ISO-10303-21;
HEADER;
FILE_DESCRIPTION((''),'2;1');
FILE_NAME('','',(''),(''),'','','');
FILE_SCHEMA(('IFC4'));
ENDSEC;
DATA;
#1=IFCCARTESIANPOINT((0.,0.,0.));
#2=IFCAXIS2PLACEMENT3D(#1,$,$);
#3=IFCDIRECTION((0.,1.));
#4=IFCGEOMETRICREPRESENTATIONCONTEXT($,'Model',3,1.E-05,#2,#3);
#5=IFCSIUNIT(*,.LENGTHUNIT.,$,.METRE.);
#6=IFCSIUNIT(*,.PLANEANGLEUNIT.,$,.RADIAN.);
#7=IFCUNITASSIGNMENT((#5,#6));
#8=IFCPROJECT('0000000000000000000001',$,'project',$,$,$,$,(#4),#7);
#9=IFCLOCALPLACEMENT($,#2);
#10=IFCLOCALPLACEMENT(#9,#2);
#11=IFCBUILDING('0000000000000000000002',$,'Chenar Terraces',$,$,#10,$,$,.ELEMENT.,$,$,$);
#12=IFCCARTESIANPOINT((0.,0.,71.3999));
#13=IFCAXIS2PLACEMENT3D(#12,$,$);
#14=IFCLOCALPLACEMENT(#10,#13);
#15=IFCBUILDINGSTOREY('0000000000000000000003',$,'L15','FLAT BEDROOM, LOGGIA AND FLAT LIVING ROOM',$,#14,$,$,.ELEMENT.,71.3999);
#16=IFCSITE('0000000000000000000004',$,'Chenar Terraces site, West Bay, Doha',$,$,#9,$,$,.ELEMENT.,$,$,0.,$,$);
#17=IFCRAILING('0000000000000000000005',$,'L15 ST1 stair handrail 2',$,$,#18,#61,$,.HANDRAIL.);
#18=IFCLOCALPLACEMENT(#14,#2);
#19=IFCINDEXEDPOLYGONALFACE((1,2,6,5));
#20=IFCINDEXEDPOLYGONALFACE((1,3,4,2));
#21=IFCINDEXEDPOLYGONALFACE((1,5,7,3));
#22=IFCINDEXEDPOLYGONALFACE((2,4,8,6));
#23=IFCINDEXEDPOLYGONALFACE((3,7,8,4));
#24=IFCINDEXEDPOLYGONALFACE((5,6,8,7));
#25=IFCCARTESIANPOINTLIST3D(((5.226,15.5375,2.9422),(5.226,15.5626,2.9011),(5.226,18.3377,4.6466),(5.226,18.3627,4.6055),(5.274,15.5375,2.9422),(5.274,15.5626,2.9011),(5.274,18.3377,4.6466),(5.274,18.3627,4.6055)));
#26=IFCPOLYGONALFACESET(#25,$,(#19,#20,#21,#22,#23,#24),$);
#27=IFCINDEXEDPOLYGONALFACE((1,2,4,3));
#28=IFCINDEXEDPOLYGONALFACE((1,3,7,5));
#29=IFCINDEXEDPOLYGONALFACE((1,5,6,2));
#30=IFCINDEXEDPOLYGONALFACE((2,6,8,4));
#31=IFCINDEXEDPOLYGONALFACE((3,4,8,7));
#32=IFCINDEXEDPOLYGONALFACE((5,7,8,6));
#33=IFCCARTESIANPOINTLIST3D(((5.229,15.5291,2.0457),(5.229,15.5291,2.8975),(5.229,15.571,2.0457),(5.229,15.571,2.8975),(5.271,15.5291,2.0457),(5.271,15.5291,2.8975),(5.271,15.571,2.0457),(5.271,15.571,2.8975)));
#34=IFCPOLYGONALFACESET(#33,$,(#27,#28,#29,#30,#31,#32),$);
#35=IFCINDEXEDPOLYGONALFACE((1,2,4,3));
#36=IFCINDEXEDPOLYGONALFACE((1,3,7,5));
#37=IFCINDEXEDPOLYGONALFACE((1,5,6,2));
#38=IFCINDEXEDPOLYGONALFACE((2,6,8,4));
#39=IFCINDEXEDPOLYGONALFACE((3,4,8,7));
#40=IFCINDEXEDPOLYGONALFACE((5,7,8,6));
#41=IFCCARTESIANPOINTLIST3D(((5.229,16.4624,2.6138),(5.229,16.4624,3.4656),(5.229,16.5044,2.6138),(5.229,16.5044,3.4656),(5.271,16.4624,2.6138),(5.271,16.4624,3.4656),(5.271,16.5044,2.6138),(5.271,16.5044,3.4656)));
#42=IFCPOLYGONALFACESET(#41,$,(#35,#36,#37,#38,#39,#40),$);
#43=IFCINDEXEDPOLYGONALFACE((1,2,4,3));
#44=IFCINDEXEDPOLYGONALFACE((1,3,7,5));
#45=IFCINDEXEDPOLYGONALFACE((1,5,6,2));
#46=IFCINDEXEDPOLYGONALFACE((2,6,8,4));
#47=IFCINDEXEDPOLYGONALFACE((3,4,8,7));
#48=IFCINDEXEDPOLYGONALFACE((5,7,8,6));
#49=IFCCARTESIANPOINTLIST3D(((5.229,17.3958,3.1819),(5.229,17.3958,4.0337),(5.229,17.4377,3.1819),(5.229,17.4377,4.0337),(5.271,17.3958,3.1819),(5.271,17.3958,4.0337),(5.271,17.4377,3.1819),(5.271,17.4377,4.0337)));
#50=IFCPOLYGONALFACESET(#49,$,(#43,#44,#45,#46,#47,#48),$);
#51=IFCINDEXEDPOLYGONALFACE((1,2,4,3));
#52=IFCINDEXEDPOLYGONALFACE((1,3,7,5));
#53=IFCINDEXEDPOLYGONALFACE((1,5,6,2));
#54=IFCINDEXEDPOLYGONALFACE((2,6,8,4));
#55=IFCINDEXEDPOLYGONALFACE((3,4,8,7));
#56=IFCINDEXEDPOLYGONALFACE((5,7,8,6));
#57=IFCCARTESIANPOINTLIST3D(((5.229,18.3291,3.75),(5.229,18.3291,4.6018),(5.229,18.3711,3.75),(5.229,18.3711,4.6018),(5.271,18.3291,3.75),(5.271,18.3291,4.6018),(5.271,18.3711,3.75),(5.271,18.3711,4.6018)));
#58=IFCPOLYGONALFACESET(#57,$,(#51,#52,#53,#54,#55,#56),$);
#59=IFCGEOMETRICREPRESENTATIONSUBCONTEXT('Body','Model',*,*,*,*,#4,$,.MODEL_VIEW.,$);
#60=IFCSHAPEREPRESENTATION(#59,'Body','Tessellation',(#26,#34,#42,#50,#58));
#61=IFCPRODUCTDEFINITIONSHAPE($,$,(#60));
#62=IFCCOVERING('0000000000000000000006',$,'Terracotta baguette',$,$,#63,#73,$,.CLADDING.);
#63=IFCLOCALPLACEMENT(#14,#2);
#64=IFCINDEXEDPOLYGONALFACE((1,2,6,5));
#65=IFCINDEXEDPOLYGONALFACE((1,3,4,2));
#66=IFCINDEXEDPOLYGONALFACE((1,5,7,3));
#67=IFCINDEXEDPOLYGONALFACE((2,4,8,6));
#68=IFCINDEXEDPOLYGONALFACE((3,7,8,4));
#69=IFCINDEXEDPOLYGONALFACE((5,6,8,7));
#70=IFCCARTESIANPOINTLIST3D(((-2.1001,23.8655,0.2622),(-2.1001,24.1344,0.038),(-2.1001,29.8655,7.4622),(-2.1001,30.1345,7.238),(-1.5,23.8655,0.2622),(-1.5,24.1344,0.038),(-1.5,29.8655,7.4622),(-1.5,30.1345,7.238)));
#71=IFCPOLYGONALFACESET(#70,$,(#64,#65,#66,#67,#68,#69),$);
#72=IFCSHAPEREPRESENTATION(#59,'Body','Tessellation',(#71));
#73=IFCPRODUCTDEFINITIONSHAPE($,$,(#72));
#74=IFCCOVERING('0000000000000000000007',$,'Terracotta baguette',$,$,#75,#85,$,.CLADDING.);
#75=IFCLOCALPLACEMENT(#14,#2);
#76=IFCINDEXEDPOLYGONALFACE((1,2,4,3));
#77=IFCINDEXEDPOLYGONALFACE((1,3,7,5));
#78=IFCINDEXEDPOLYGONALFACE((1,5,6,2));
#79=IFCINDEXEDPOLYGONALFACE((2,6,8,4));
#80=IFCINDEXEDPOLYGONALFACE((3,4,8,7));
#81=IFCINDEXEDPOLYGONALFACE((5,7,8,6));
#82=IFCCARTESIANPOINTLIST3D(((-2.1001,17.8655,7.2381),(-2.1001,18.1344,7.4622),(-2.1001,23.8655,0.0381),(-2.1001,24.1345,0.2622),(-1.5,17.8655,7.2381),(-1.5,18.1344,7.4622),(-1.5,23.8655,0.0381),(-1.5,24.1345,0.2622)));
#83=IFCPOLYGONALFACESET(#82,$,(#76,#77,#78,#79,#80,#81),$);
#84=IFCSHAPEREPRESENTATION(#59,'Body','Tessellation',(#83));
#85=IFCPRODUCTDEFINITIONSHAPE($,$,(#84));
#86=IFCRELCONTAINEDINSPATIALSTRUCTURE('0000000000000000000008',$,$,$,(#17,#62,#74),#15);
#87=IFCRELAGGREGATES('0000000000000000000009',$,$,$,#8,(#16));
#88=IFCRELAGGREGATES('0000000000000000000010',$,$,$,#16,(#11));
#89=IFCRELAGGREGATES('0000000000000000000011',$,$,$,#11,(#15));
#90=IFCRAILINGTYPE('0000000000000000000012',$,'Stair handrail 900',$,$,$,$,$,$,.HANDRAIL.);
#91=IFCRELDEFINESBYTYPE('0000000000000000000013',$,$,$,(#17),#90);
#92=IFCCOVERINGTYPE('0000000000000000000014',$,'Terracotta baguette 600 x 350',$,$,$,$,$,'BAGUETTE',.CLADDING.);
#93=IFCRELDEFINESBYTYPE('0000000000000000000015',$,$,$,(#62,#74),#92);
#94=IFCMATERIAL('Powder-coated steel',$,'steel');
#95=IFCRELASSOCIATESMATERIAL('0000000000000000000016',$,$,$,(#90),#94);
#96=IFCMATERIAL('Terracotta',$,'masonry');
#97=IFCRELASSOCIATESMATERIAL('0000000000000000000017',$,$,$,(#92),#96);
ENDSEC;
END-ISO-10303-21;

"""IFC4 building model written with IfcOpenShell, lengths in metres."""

from ifc_helpers import new_model, si_unit, direction, frame, origin, origin_2d, place, context, subcontext, project, spatial, rectangle, extrude, material, material_profile, profile_set, type_object, element, save


model = new_model("IFC4")

# Units and contexts
model_context = context("Model", 3, precision=1e-05, world=origin(), true_north=direction((0.0, 1.0)))
body_context = subcontext(model_context, "Body", "Model", "MODEL_VIEW")
ifc_project = project(units=[si_unit("LENGTHUNIT", "METRE"), si_unit("PLANEANGLEUNIT", "RADIAN")], contexts=[model_context])

# Site, building, storey
site_placement = place(None, origin())
site = spatial("IfcSite", under=ifc_project, at=site_placement, Name="Chenar Terraces site, West Bay, Doha", CompositionType="ELEMENT", RefElevation=0.0)
building_placement = place(site_placement, origin())
building = spatial("IfcBuilding", under=site, at=building_placement, Name="Chenar Terraces", CompositionType="ELEMENT")
storey_placement = place(building_placement, frame((0.0, 0.0, 71.3999)))
storey = spatial("IfcBuildingStorey", under=building, at=storey_placement, Name="L15", Description="FLAT BEDROOM, LOGGIA AND FLAT LIVING ROOM", CompositionType="ELEMENT", Elevation=71.3999)

# Railing
ifc_material_1 = material(Name="Powder-coated steel", Category="steel")
railing_type_1 = type_object("IfcRailingType", Name="Stair handrail 900", PredefinedType="HANDRAIL", material=ifc_material_1)
railing_1_placement = place(storey_placement, frame((5.25, 15.55, 2.0457)))
element("IfcRailing", 1, at=railing_1_placement, inside=storey, type_object=railing_type_1, Name="L15 ST1 stair handrail 2", PredefinedType="HANDRAIL", context=body_context, shape_type="SweptSolid", body=[
    extrude(rectangle(XDim=0.0481, YDim=0.0481, at=origin_2d()), frame((0.0, 0.0, 0.876), z_axis=(0.0, 0.854203, 0.51994), x_axis=(-1.0, 0.0, 0.0)), (0.0, 0.0, 1.0), 3.2781),
    extrude(rectangle(XDim=0.042, YDim=0.042, at=origin_2d()), origin(), (0.0, 0.0, 1.0), 0.8518),
    extrude(rectangle(XDim=0.042, YDim=0.042, at=origin_2d()), frame((0.0, 0.9333, 0.5681)), (0.0, 0.0, 1.0), 0.8518),
    extrude(rectangle(XDim=0.042, YDim=0.042, at=origin_2d()), frame((0.0, 1.8667, 1.1362)), (0.0, 0.0, 1.0), 0.8518),
    extrude(rectangle(XDim=0.042, YDim=0.042, at=origin_2d()), frame((0.0, 2.8, 1.7043)), (0.0, 0.0, 1.0), 0.8518),
])

# Coverings
ifc_material_2 = material(Name="Terracotta", Category="masonry")
ifc_material_profile_1 = material_profile(ifc_material_2, rectangle(XDim=0.6001, YDim=0.3501, at=origin_2d()), Name="Terracotta baguette 600 x 350")
ifc_profile_set_1 = profile_set([ifc_material_profile_1], Name="Terracotta")
covering_type = type_object("IfcCoveringType", Name="Terracotta baguette 600 x 350", ElementType="BAGUETTE", PredefinedType="CLADDING", material=ifc_profile_set_1)
for number, where, z_axis, x_axis, name in (
    (2, (-1.8, 30.0, 7.3501), (0.0, -0.640187, -0.768219), (1.0, 0.0, 0.0), "Terracotta baguette"),
    (3, (-1.8, 24.0, 0.1501), (0.0, -0.640187, 0.768219), (1.0, 0.0, 0.0), "Terracotta baguette"),
):
    element("IfcCovering", number, at=place(storey_placement, frame(where, z_axis=z_axis, x_axis=x_axis)), inside=storey, type_object=covering_type, Name=name, PredefinedType="CLADDING", context=body_context, shape_type="SweptSolid", body=[
        extrude(rectangle(XDim=0.6001, YDim=0.3501, at=origin_2d()), origin(), (0.0, 0.0, 1.0), 9.3723),
    ])

save(model, "model.ifc")
